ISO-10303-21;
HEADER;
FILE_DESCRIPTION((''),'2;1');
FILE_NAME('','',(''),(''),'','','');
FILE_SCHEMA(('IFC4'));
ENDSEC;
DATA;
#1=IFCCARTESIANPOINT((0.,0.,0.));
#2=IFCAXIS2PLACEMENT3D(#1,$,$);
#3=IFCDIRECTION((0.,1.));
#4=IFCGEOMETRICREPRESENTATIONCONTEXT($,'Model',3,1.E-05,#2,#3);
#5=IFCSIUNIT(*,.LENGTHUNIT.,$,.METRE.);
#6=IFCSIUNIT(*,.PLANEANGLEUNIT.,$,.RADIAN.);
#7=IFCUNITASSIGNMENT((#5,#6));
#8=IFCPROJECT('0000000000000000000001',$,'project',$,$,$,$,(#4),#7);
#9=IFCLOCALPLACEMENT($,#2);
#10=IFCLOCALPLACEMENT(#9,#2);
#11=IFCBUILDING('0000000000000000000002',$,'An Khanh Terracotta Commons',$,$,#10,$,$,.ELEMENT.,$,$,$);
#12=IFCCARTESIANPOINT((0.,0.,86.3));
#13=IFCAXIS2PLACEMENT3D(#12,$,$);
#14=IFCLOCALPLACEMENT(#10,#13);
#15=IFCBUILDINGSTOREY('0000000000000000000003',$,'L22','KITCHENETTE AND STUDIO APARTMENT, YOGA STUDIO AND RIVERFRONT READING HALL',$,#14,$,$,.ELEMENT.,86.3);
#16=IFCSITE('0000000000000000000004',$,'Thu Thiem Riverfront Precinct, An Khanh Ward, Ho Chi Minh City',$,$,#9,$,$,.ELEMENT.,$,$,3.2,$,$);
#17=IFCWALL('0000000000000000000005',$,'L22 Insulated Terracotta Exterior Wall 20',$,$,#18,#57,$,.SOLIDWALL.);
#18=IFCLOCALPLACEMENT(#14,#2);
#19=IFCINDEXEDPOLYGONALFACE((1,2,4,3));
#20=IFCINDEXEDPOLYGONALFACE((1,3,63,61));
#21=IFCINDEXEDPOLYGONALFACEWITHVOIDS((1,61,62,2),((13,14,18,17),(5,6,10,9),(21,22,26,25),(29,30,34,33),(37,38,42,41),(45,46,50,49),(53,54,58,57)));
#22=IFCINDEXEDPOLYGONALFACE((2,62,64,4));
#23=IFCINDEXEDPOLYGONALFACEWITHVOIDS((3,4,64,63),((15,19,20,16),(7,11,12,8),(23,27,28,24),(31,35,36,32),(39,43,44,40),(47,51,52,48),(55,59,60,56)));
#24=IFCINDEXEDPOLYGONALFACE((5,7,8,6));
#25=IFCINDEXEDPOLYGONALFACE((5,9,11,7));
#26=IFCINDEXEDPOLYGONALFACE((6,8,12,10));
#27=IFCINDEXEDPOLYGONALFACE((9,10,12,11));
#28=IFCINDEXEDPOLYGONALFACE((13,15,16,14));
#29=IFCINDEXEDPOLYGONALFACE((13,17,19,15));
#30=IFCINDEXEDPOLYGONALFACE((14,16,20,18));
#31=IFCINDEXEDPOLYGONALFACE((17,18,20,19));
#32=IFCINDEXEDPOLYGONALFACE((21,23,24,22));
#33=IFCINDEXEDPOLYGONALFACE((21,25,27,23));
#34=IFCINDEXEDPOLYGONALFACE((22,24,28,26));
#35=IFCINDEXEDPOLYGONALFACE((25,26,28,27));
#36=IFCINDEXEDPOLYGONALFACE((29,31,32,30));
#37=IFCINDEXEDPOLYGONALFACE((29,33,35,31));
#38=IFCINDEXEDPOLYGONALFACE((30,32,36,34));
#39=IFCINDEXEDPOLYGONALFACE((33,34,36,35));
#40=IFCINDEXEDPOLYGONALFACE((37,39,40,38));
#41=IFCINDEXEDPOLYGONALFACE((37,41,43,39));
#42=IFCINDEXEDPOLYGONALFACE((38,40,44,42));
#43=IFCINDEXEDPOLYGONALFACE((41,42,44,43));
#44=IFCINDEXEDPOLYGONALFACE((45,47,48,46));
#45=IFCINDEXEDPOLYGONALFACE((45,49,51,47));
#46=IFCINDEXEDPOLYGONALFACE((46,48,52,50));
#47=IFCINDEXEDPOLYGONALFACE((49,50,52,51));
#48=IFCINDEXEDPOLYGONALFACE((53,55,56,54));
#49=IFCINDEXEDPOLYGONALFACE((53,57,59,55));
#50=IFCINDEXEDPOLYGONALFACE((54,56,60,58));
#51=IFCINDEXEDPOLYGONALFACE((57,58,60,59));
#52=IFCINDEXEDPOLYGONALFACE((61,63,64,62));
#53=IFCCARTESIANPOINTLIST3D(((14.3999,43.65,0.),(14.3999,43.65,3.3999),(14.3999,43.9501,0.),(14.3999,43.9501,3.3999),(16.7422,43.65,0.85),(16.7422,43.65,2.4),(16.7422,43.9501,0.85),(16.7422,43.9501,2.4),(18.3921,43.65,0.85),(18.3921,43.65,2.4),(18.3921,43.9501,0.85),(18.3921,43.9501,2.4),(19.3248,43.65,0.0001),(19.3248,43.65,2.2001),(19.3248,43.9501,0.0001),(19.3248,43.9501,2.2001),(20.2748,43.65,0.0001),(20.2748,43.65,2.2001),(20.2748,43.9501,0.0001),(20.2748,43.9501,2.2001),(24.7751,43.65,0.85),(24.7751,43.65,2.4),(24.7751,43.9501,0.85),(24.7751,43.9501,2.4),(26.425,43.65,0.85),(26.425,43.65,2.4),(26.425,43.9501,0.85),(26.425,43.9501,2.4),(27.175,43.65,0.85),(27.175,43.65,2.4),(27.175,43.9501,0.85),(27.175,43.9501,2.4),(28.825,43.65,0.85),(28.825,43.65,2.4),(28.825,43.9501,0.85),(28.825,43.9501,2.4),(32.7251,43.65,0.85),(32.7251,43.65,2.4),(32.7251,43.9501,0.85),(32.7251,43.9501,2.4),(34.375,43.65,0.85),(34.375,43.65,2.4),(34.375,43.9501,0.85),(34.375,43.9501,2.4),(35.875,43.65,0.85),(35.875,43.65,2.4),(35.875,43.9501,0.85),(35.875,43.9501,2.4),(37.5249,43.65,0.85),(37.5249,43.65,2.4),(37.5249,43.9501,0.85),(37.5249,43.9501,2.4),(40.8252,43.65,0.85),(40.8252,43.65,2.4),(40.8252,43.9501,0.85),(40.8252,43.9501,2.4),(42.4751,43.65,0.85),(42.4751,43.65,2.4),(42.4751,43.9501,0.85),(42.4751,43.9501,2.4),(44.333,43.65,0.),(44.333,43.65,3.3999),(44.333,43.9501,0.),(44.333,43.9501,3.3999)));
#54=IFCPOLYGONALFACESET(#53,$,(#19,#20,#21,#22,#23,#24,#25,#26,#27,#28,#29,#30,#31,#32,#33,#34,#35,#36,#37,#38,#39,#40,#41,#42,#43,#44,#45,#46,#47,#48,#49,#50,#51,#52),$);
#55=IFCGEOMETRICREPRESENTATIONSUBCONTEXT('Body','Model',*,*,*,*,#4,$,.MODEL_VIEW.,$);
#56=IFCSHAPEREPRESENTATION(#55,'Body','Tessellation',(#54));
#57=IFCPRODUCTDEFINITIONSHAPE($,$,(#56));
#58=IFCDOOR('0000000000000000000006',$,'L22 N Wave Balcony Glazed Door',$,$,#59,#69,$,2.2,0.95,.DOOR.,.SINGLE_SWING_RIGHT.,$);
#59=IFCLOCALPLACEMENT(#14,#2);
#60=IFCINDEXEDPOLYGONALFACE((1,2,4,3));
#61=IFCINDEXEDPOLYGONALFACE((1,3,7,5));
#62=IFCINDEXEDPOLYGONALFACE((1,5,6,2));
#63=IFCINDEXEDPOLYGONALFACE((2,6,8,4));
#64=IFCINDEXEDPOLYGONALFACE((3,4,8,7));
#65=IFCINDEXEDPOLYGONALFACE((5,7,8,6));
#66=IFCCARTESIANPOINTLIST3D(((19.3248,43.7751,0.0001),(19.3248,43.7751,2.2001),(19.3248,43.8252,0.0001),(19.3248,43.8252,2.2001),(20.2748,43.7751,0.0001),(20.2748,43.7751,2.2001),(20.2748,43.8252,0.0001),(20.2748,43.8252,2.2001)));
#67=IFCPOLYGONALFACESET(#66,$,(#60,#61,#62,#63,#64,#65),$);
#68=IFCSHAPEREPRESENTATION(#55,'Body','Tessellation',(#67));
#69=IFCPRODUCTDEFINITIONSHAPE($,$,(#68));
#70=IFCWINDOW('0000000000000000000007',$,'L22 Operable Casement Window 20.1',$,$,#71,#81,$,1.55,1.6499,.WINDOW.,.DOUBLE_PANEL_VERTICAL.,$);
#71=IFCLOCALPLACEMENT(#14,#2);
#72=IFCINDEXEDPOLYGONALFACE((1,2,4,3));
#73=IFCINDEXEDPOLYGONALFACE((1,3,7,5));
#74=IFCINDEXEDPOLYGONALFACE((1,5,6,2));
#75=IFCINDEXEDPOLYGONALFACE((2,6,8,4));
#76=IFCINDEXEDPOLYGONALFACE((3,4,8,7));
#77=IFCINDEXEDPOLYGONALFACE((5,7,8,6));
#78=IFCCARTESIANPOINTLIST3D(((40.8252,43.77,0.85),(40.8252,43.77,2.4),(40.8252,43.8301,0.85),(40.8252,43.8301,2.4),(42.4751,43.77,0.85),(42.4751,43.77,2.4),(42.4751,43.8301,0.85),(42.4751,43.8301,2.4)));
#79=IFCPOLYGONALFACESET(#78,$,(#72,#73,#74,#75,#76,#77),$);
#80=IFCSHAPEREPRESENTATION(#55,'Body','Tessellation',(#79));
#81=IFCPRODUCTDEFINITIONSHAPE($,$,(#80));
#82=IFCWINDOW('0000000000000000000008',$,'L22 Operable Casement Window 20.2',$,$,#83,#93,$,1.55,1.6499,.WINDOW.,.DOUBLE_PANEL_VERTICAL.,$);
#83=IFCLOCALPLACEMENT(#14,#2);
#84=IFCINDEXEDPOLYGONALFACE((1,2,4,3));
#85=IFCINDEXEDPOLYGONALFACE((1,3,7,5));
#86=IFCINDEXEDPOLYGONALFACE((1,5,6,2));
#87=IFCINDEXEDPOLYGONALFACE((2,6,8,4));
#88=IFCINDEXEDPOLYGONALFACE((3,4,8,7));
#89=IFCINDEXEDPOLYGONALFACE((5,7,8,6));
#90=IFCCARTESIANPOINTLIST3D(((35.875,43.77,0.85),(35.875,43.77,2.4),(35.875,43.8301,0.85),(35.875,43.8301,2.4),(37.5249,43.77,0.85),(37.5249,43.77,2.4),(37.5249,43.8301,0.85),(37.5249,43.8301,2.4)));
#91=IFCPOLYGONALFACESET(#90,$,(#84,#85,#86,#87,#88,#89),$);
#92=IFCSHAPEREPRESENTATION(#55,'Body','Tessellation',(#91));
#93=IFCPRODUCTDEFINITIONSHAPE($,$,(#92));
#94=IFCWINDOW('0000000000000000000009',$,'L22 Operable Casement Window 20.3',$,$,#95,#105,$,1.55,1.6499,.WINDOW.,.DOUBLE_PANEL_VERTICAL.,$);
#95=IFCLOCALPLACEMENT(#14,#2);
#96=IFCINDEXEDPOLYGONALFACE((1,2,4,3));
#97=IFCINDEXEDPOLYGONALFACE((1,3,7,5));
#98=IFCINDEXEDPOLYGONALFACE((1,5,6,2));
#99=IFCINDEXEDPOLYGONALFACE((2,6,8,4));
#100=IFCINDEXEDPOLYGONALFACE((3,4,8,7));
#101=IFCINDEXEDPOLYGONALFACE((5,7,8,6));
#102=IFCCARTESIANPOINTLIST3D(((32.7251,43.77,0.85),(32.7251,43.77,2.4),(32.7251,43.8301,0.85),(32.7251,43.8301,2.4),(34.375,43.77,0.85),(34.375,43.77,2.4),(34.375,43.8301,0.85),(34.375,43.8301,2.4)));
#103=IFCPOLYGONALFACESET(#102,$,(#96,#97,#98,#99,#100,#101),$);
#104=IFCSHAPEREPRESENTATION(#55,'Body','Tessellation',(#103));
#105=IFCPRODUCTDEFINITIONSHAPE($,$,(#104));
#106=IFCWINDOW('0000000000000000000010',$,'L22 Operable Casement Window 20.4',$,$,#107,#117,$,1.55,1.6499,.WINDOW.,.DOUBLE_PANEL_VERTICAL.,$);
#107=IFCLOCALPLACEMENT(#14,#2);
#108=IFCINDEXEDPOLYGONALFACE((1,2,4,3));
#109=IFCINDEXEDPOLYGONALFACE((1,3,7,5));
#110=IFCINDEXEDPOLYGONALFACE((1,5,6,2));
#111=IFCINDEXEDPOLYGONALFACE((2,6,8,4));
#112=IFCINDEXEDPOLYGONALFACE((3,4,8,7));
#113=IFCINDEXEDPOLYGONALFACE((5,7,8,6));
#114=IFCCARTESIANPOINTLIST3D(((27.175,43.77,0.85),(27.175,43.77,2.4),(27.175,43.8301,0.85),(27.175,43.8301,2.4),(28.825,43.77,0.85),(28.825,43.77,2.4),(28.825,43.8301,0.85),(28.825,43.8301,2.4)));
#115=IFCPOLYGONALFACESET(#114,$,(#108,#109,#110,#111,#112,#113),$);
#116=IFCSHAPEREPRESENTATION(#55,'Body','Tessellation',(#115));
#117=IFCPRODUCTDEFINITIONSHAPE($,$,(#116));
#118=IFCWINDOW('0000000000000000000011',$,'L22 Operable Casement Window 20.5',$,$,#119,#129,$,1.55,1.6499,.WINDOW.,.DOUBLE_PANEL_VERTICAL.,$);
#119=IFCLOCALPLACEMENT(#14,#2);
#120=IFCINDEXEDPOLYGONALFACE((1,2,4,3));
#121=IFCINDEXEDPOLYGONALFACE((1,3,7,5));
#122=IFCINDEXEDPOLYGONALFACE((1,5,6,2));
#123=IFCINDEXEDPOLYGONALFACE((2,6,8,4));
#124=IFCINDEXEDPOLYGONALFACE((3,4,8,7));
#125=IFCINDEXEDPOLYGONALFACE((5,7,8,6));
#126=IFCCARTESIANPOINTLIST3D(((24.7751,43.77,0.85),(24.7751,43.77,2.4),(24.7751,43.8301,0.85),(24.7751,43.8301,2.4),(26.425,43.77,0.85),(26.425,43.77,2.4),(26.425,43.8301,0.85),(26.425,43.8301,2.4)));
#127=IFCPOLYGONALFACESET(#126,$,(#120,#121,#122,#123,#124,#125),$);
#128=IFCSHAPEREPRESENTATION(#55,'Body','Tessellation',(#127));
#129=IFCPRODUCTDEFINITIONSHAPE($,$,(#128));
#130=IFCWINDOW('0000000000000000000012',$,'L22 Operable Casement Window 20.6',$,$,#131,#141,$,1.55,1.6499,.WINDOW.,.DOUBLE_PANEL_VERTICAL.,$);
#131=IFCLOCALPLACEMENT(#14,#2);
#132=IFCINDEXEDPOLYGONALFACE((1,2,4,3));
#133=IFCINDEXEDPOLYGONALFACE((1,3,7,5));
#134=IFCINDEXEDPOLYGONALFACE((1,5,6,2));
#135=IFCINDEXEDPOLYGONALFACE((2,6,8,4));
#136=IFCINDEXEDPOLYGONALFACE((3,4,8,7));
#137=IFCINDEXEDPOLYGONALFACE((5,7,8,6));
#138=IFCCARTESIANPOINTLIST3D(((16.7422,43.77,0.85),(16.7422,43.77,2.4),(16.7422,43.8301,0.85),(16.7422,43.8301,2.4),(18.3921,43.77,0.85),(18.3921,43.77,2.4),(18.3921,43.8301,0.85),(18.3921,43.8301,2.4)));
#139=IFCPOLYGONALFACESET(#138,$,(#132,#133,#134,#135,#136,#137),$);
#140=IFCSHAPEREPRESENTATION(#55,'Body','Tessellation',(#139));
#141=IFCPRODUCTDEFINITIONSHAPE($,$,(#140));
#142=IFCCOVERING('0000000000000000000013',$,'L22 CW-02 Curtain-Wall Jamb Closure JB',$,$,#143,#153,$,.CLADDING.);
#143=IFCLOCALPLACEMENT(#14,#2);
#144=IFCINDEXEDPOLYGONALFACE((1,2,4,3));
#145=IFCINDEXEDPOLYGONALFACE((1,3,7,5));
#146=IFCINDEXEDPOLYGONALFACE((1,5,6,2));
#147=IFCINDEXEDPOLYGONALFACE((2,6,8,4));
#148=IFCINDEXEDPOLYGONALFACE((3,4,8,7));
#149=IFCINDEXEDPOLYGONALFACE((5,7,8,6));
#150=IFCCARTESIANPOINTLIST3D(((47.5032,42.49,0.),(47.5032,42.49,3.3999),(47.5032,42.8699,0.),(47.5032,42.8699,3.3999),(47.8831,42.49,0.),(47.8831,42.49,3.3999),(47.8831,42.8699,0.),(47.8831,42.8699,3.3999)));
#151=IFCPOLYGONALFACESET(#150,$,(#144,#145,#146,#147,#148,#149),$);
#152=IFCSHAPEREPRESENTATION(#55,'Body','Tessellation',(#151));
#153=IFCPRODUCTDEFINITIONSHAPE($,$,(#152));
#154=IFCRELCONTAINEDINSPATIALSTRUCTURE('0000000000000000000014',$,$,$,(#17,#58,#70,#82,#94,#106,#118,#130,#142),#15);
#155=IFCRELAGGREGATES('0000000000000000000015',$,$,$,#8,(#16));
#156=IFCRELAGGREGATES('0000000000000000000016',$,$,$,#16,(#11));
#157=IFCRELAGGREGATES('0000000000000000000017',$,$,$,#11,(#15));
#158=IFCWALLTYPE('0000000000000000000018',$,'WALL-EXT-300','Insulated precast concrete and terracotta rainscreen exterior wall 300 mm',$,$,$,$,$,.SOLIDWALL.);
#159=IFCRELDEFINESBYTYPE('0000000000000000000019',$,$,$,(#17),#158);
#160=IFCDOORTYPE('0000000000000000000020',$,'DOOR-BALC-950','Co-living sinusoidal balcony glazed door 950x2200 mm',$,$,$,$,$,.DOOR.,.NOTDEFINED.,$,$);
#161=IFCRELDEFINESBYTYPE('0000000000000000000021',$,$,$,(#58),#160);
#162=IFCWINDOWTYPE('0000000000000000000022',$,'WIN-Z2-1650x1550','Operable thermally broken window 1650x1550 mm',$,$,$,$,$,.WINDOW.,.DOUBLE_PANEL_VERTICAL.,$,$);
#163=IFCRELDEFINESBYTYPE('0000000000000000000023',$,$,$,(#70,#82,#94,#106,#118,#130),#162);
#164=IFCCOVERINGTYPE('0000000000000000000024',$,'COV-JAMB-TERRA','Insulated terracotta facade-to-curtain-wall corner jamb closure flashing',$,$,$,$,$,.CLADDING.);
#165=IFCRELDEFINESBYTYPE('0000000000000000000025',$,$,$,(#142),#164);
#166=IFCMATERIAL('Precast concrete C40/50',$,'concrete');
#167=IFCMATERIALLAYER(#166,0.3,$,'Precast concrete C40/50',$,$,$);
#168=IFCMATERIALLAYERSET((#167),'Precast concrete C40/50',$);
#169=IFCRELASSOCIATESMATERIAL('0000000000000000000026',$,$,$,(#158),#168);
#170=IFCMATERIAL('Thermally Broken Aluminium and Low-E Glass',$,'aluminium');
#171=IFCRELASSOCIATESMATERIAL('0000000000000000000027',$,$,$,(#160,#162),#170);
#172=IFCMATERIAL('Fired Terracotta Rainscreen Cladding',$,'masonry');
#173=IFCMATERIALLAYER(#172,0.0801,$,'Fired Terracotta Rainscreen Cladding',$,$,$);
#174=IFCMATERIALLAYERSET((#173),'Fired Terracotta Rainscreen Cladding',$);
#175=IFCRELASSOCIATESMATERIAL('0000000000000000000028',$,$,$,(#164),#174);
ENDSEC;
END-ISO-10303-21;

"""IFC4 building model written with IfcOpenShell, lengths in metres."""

from ifc_helpers import new_model, si_unit, direction, frame, frame_2d, origin, origin_2d, place, context, subcontext, project, spatial, rectangle, extrude, material, layer, layer_set, type_object, element, fill, save


model = new_model("IFC4")

# Units and contexts
model_context = context("Model", 3, precision=1e-05, world=origin(), true_north=direction((0.0, 1.0)))
body_context = subcontext(model_context, "Body", "Model", "MODEL_VIEW")
ifc_project = project(units=[si_unit("LENGTHUNIT", "METRE"), si_unit("PLANEANGLEUNIT", "RADIAN")], contexts=[model_context])

# Site, building, storey
site_placement = place(None, origin())
site = spatial("IfcSite", under=ifc_project, at=site_placement, Name="Thu Thiem Riverfront Precinct, An Khanh Ward, Ho Chi Minh City", CompositionType="ELEMENT", RefElevation=3.2)
building_placement = place(site_placement, origin())
building = spatial("IfcBuilding", under=site, at=building_placement, Name="An Khanh Terracotta Commons", CompositionType="ELEMENT")
storey_placement = place(building_placement, frame((0.0, 0.0, 86.3)))
storey = spatial("IfcBuildingStorey", under=building, at=storey_placement, Name="L22", Description="KITCHENETTE AND STUDIO APARTMENT, YOGA STUDIO AND RIVERFRONT READING HALL", CompositionType="ELEMENT", Elevation=86.3)

# Shared definitions
ifc_material_1 = material(Name="Precast concrete C40/50", Category="concrete")
ifc_layer_1 = layer(ifc_material_1, 0.3, Name="Precast concrete C40/50")
ifc_layer_set_1 = layer_set([ifc_layer_1], Name="Precast concrete C40/50")
wall_type = type_object("IfcWallType", Name="WALL-EXT-300", Description="Insulated precast concrete and terracotta rainscreen exterior wall 300 mm", PredefinedType="SOLIDWALL", material=ifc_layer_set_1)

# Wall, openings, door, windows
wall_1_placement = place(storey_placement, frame((44.333, 43.8, 0.0), z_axis=(0.0, 0.0, 1.0), x_axis=(-1.0, 0.0, 0.0)))
wall_1 = element("IfcWall", 1, at=wall_1_placement, inside=storey, type_object=wall_type, Name="L22 Insulated Terracotta Exterior Wall 20", PredefinedType="SOLIDWALL", context=body_context, shape_type="SweptSolid", body=[
    extrude(rectangle(XDim=29.9331, YDim=0.3, at=frame_2d((14.9666, 0.0))), origin(), (0.0, 0.0, 1.0), 3.3999),
])
opening_1_placement = place(wall_1_placement, frame((24.0581, 0.0, 0.0)))
opening_1 = element("IfcOpeningElement", 2, at=opening_1_placement, cuts=wall_1, PredefinedType="OPENING", context=body_context, shape_type="SweptSolid", body=[
    extrude(rectangle(XDim=0.95, YDim=2.2, at=frame_2d((0.4751, 1.1001))), frame((0.0, 0.1599, 0.0), z_axis=(0.0, -1.0, 0.0), x_axis=(1.0, 0.0, 0.0)), (0.0, 0.0, 1.0), 0.3201),
])
opening_2_placement = place(wall_1_placement, frame((1.8579, 0.0, 0.8501)))
opening_2 = element("IfcOpeningElement", 3, at=opening_2_placement, cuts=wall_1, PredefinedType="OPENING", context=body_context, shape_type="SweptSolid", body=[
    extrude(rectangle(XDim=1.6499, YDim=1.55, at=frame_2d((0.825, 0.7749))), frame((0.0, 0.1599, 0.0), z_axis=(0.0, -1.0, 0.0), x_axis=(1.0, 0.0, 0.0)), (0.0, 0.0, 1.0), 0.3201),
])
opening_3_placement = place(wall_1_placement, frame((6.8081, 0.0, 0.8501)))
opening_3 = element("IfcOpeningElement", 4, at=opening_3_placement, cuts=wall_1, PredefinedType="OPENING", context=body_context, shape_type="SweptSolid", body=[
    extrude(rectangle(XDim=1.6499, YDim=1.55, at=frame_2d((0.825, 0.7749))), frame((0.0, 0.1599, 0.0), z_axis=(0.0, -1.0, 0.0), x_axis=(1.0, 0.0, 0.0)), (0.0, 0.0, 1.0), 0.3201),
])
opening_4_placement = place(wall_1_placement, frame((9.958, 0.0, 0.8501)))
opening_4 = element("IfcOpeningElement", 5, at=opening_4_placement, cuts=wall_1, PredefinedType="OPENING", context=body_context, shape_type="SweptSolid", body=[
    extrude(rectangle(XDim=1.6499, YDim=1.55, at=frame_2d((0.825, 0.7749))), frame((0.0, 0.1599, 0.0), z_axis=(0.0, -1.0, 0.0), x_axis=(1.0, 0.0, 0.0)), (0.0, 0.0, 1.0), 0.3201),
])
opening_5_placement = place(wall_1_placement, frame((15.5081, 0.0, 0.8501)))
opening_5 = element("IfcOpeningElement", 6, at=opening_5_placement, cuts=wall_1, PredefinedType="OPENING", context=body_context, shape_type="SweptSolid", body=[
    extrude(rectangle(XDim=1.6499, YDim=1.55, at=frame_2d((0.825, 0.7749))), frame((0.0, 0.1599, 0.0), z_axis=(0.0, -1.0, 0.0), x_axis=(1.0, 0.0, 0.0)), (0.0, 0.0, 1.0), 0.3201),
])
opening_6_placement = place(wall_1_placement, frame((17.908, 0.0, 0.8501)))
opening_6 = element("IfcOpeningElement", 7, at=opening_6_placement, cuts=wall_1, PredefinedType="OPENING", context=body_context, shape_type="SweptSolid", body=[
    extrude(rectangle(XDim=1.6499, YDim=1.55, at=frame_2d((0.825, 0.7749))), frame((0.0, 0.1599, 0.0), z_axis=(0.0, -1.0, 0.0), x_axis=(1.0, 0.0, 0.0)), (0.0, 0.0, 1.0), 0.3201),
])
opening_7_placement = place(wall_1_placement, frame((25.9409, 0.0, 0.8501)))
opening_7 = element("IfcOpeningElement", 8, at=opening_7_placement, cuts=wall_1, PredefinedType="OPENING", context=body_context, shape_type="SweptSolid", body=[
    extrude(rectangle(XDim=1.6499, YDim=1.55, at=frame_2d((0.825, 0.7749))), frame((0.0, 0.1599, 0.0), z_axis=(0.0, -1.0, 0.0), x_axis=(1.0, 0.0, 0.0)), (0.0, 0.0, 1.0), 0.3201),
])
ifc_material_2 = material(Name="Thermally Broken Aluminium and Low-E Glass", Category="aluminium")
door_type = type_object("IfcDoorType", Name="DOOR-BALC-950", Description="Co-living sinusoidal balcony glazed door 950x2200 mm", OperationType="NOTDEFINED", PredefinedType="DOOR", material=ifc_material_2)
door_placement = place(opening_1_placement, origin())
door = element("IfcDoor", 9, at=door_placement, inside=storey, type_object=door_type, Name="L22 N Wave Balcony Glazed Door", OperationType="SINGLE_SWING_RIGHT", OverallHeight=2.2, OverallWidth=0.95, PredefinedType="DOOR", context=body_context, shape_type="SweptSolid", body=[
    extrude(rectangle(XDim=0.95, YDim=2.2, at=frame_2d((0.4751, 1.1001))), frame((0.0, 0.0249, 0.0), z_axis=(0.0, -1.0, 0.0), x_axis=(1.0, 0.0, 0.0)), (0.0, 0.0, 1.0), 0.05),
])
fill(opening_1, door)
window_type = type_object("IfcWindowType", Name="WIN-Z2-1650x1550", Description="Operable thermally broken window 1650x1550 mm", PartitioningType="DOUBLE_PANEL_VERTICAL", PredefinedType="WINDOW", material=ifc_material_2)
window_1_placement = place(opening_2_placement, origin())
window_1 = element("IfcWindow", 10, at=window_1_placement, inside=storey, type_object=window_type, Name="L22 Operable Casement Window 20.1", OverallHeight=1.55, OverallWidth=1.6499, PartitioningType="DOUBLE_PANEL_VERTICAL", PredefinedType="WINDOW", context=body_context, shape_type="SweptSolid", body=[
    extrude(rectangle(XDim=1.6499, YDim=1.55, at=frame_2d((0.825, 0.7749))), frame((0.0, 0.03, 0.0), z_axis=(0.0, -1.0, 0.0), x_axis=(1.0, 0.0, 0.0)), (0.0, 0.0, 1.0), 0.0601),
])
fill(opening_2, window_1)
window_2_placement = place(opening_3_placement, origin())
window_2 = element("IfcWindow", 11, at=window_2_placement, inside=storey, type_object=window_type, Name="L22 Operable Casement Window 20.2", OverallHeight=1.55, OverallWidth=1.6499, PartitioningType="DOUBLE_PANEL_VERTICAL", PredefinedType="WINDOW", context=body_context, shape_type="SweptSolid", body=[
    extrude(rectangle(XDim=1.6499, YDim=1.55, at=frame_2d((0.825, 0.7749))), frame((0.0, 0.03, 0.0), z_axis=(0.0, -1.0, 0.0), x_axis=(1.0, 0.0, 0.0)), (0.0, 0.0, 1.0), 0.0601),
])
fill(opening_3, window_2)
window_3_placement = place(opening_4_placement, origin())
window_3 = element("IfcWindow", 12, at=window_3_placement, inside=storey, type_object=window_type, Name="L22 Operable Casement Window 20.3", OverallHeight=1.55, OverallWidth=1.6499, PartitioningType="DOUBLE_PANEL_VERTICAL", PredefinedType="WINDOW", context=body_context, shape_type="SweptSolid", body=[
    extrude(rectangle(XDim=1.6499, YDim=1.55, at=frame_2d((0.825, 0.7749))), frame((0.0, 0.03, 0.0), z_axis=(0.0, -1.0, 0.0), x_axis=(1.0, 0.0, 0.0)), (0.0, 0.0, 1.0), 0.0601),
])
fill(opening_4, window_3)
window_4_placement = place(opening_5_placement, origin())
window_4 = element("IfcWindow", 13, at=window_4_placement, inside=storey, type_object=window_type, Name="L22 Operable Casement Window 20.4", OverallHeight=1.55, OverallWidth=1.6499, PartitioningType="DOUBLE_PANEL_VERTICAL", PredefinedType="WINDOW", context=body_context, shape_type="SweptSolid", body=[
    extrude(rectangle(XDim=1.6499, YDim=1.55, at=frame_2d((0.825, 0.7749))), frame((0.0, 0.03, 0.0), z_axis=(0.0, -1.0, 0.0), x_axis=(1.0, 0.0, 0.0)), (0.0, 0.0, 1.0), 0.0601),
])
fill(opening_5, window_4)
window_5_placement = place(opening_6_placement, origin())
window_5 = element("IfcWindow", 14, at=window_5_placement, inside=storey, type_object=window_type, Name="L22 Operable Casement Window 20.5", OverallHeight=1.55, OverallWidth=1.6499, PartitioningType="DOUBLE_PANEL_VERTICAL", PredefinedType="WINDOW", context=body_context, shape_type="SweptSolid", body=[
    extrude(rectangle(XDim=1.6499, YDim=1.55, at=frame_2d((0.825, 0.7749))), frame((0.0, 0.03, 0.0), z_axis=(0.0, -1.0, 0.0), x_axis=(1.0, 0.0, 0.0)), (0.0, 0.0, 1.0), 0.0601),
])
fill(opening_6, window_5)
window_6_placement = place(opening_7_placement, origin())
window_6 = element("IfcWindow", 15, at=window_6_placement, inside=storey, type_object=window_type, Name="L22 Operable Casement Window 20.6", OverallHeight=1.55, OverallWidth=1.6499, PartitioningType="DOUBLE_PANEL_VERTICAL", PredefinedType="WINDOW", context=body_context, shape_type="SweptSolid", body=[
    extrude(rectangle(XDim=1.6499, YDim=1.55, at=frame_2d((0.825, 0.7749))), frame((0.0, 0.03, 0.0), z_axis=(0.0, -1.0, 0.0), x_axis=(1.0, 0.0, 0.0)), (0.0, 0.0, 1.0), 0.0601),
])
fill(opening_7, window_6)

# Covering
ifc_material_3 = material(Name="Fired Terracotta Rainscreen Cladding", Category="masonry")
ifc_layer_2 = layer(ifc_material_3, 0.0801, Name="Fired Terracotta Rainscreen Cladding")
ifc_layer_set_2 = layer_set([ifc_layer_2], Name="Fired Terracotta Rainscreen Cladding")
covering_type = type_object("IfcCoveringType", Name="COV-JAMB-TERRA", Description="Insulated terracotta facade-to-curtain-wall corner jamb closure flashing", PredefinedType="CLADDING", material=ifc_layer_set_2)
covering_placement = place(storey_placement, frame((47.6931, 42.6799, 0.0), z_axis=(0.0, 0.0, 1.0), x_axis=(1.0, 0.0, 0.0)))
element("IfcCovering", 16, at=covering_placement, inside=storey, type_object=covering_type, Name="L22 CW-02 Curtain-Wall Jamb Closure JB", PredefinedType="CLADDING", context=body_context, shape_type="SweptSolid", body=[
    extrude(rectangle(XDim=0.3799, YDim=0.3799, at=origin_2d()), origin(), (0.0, 0.0, 1.0), 3.3999),
])

save(model, "model.ifc")
